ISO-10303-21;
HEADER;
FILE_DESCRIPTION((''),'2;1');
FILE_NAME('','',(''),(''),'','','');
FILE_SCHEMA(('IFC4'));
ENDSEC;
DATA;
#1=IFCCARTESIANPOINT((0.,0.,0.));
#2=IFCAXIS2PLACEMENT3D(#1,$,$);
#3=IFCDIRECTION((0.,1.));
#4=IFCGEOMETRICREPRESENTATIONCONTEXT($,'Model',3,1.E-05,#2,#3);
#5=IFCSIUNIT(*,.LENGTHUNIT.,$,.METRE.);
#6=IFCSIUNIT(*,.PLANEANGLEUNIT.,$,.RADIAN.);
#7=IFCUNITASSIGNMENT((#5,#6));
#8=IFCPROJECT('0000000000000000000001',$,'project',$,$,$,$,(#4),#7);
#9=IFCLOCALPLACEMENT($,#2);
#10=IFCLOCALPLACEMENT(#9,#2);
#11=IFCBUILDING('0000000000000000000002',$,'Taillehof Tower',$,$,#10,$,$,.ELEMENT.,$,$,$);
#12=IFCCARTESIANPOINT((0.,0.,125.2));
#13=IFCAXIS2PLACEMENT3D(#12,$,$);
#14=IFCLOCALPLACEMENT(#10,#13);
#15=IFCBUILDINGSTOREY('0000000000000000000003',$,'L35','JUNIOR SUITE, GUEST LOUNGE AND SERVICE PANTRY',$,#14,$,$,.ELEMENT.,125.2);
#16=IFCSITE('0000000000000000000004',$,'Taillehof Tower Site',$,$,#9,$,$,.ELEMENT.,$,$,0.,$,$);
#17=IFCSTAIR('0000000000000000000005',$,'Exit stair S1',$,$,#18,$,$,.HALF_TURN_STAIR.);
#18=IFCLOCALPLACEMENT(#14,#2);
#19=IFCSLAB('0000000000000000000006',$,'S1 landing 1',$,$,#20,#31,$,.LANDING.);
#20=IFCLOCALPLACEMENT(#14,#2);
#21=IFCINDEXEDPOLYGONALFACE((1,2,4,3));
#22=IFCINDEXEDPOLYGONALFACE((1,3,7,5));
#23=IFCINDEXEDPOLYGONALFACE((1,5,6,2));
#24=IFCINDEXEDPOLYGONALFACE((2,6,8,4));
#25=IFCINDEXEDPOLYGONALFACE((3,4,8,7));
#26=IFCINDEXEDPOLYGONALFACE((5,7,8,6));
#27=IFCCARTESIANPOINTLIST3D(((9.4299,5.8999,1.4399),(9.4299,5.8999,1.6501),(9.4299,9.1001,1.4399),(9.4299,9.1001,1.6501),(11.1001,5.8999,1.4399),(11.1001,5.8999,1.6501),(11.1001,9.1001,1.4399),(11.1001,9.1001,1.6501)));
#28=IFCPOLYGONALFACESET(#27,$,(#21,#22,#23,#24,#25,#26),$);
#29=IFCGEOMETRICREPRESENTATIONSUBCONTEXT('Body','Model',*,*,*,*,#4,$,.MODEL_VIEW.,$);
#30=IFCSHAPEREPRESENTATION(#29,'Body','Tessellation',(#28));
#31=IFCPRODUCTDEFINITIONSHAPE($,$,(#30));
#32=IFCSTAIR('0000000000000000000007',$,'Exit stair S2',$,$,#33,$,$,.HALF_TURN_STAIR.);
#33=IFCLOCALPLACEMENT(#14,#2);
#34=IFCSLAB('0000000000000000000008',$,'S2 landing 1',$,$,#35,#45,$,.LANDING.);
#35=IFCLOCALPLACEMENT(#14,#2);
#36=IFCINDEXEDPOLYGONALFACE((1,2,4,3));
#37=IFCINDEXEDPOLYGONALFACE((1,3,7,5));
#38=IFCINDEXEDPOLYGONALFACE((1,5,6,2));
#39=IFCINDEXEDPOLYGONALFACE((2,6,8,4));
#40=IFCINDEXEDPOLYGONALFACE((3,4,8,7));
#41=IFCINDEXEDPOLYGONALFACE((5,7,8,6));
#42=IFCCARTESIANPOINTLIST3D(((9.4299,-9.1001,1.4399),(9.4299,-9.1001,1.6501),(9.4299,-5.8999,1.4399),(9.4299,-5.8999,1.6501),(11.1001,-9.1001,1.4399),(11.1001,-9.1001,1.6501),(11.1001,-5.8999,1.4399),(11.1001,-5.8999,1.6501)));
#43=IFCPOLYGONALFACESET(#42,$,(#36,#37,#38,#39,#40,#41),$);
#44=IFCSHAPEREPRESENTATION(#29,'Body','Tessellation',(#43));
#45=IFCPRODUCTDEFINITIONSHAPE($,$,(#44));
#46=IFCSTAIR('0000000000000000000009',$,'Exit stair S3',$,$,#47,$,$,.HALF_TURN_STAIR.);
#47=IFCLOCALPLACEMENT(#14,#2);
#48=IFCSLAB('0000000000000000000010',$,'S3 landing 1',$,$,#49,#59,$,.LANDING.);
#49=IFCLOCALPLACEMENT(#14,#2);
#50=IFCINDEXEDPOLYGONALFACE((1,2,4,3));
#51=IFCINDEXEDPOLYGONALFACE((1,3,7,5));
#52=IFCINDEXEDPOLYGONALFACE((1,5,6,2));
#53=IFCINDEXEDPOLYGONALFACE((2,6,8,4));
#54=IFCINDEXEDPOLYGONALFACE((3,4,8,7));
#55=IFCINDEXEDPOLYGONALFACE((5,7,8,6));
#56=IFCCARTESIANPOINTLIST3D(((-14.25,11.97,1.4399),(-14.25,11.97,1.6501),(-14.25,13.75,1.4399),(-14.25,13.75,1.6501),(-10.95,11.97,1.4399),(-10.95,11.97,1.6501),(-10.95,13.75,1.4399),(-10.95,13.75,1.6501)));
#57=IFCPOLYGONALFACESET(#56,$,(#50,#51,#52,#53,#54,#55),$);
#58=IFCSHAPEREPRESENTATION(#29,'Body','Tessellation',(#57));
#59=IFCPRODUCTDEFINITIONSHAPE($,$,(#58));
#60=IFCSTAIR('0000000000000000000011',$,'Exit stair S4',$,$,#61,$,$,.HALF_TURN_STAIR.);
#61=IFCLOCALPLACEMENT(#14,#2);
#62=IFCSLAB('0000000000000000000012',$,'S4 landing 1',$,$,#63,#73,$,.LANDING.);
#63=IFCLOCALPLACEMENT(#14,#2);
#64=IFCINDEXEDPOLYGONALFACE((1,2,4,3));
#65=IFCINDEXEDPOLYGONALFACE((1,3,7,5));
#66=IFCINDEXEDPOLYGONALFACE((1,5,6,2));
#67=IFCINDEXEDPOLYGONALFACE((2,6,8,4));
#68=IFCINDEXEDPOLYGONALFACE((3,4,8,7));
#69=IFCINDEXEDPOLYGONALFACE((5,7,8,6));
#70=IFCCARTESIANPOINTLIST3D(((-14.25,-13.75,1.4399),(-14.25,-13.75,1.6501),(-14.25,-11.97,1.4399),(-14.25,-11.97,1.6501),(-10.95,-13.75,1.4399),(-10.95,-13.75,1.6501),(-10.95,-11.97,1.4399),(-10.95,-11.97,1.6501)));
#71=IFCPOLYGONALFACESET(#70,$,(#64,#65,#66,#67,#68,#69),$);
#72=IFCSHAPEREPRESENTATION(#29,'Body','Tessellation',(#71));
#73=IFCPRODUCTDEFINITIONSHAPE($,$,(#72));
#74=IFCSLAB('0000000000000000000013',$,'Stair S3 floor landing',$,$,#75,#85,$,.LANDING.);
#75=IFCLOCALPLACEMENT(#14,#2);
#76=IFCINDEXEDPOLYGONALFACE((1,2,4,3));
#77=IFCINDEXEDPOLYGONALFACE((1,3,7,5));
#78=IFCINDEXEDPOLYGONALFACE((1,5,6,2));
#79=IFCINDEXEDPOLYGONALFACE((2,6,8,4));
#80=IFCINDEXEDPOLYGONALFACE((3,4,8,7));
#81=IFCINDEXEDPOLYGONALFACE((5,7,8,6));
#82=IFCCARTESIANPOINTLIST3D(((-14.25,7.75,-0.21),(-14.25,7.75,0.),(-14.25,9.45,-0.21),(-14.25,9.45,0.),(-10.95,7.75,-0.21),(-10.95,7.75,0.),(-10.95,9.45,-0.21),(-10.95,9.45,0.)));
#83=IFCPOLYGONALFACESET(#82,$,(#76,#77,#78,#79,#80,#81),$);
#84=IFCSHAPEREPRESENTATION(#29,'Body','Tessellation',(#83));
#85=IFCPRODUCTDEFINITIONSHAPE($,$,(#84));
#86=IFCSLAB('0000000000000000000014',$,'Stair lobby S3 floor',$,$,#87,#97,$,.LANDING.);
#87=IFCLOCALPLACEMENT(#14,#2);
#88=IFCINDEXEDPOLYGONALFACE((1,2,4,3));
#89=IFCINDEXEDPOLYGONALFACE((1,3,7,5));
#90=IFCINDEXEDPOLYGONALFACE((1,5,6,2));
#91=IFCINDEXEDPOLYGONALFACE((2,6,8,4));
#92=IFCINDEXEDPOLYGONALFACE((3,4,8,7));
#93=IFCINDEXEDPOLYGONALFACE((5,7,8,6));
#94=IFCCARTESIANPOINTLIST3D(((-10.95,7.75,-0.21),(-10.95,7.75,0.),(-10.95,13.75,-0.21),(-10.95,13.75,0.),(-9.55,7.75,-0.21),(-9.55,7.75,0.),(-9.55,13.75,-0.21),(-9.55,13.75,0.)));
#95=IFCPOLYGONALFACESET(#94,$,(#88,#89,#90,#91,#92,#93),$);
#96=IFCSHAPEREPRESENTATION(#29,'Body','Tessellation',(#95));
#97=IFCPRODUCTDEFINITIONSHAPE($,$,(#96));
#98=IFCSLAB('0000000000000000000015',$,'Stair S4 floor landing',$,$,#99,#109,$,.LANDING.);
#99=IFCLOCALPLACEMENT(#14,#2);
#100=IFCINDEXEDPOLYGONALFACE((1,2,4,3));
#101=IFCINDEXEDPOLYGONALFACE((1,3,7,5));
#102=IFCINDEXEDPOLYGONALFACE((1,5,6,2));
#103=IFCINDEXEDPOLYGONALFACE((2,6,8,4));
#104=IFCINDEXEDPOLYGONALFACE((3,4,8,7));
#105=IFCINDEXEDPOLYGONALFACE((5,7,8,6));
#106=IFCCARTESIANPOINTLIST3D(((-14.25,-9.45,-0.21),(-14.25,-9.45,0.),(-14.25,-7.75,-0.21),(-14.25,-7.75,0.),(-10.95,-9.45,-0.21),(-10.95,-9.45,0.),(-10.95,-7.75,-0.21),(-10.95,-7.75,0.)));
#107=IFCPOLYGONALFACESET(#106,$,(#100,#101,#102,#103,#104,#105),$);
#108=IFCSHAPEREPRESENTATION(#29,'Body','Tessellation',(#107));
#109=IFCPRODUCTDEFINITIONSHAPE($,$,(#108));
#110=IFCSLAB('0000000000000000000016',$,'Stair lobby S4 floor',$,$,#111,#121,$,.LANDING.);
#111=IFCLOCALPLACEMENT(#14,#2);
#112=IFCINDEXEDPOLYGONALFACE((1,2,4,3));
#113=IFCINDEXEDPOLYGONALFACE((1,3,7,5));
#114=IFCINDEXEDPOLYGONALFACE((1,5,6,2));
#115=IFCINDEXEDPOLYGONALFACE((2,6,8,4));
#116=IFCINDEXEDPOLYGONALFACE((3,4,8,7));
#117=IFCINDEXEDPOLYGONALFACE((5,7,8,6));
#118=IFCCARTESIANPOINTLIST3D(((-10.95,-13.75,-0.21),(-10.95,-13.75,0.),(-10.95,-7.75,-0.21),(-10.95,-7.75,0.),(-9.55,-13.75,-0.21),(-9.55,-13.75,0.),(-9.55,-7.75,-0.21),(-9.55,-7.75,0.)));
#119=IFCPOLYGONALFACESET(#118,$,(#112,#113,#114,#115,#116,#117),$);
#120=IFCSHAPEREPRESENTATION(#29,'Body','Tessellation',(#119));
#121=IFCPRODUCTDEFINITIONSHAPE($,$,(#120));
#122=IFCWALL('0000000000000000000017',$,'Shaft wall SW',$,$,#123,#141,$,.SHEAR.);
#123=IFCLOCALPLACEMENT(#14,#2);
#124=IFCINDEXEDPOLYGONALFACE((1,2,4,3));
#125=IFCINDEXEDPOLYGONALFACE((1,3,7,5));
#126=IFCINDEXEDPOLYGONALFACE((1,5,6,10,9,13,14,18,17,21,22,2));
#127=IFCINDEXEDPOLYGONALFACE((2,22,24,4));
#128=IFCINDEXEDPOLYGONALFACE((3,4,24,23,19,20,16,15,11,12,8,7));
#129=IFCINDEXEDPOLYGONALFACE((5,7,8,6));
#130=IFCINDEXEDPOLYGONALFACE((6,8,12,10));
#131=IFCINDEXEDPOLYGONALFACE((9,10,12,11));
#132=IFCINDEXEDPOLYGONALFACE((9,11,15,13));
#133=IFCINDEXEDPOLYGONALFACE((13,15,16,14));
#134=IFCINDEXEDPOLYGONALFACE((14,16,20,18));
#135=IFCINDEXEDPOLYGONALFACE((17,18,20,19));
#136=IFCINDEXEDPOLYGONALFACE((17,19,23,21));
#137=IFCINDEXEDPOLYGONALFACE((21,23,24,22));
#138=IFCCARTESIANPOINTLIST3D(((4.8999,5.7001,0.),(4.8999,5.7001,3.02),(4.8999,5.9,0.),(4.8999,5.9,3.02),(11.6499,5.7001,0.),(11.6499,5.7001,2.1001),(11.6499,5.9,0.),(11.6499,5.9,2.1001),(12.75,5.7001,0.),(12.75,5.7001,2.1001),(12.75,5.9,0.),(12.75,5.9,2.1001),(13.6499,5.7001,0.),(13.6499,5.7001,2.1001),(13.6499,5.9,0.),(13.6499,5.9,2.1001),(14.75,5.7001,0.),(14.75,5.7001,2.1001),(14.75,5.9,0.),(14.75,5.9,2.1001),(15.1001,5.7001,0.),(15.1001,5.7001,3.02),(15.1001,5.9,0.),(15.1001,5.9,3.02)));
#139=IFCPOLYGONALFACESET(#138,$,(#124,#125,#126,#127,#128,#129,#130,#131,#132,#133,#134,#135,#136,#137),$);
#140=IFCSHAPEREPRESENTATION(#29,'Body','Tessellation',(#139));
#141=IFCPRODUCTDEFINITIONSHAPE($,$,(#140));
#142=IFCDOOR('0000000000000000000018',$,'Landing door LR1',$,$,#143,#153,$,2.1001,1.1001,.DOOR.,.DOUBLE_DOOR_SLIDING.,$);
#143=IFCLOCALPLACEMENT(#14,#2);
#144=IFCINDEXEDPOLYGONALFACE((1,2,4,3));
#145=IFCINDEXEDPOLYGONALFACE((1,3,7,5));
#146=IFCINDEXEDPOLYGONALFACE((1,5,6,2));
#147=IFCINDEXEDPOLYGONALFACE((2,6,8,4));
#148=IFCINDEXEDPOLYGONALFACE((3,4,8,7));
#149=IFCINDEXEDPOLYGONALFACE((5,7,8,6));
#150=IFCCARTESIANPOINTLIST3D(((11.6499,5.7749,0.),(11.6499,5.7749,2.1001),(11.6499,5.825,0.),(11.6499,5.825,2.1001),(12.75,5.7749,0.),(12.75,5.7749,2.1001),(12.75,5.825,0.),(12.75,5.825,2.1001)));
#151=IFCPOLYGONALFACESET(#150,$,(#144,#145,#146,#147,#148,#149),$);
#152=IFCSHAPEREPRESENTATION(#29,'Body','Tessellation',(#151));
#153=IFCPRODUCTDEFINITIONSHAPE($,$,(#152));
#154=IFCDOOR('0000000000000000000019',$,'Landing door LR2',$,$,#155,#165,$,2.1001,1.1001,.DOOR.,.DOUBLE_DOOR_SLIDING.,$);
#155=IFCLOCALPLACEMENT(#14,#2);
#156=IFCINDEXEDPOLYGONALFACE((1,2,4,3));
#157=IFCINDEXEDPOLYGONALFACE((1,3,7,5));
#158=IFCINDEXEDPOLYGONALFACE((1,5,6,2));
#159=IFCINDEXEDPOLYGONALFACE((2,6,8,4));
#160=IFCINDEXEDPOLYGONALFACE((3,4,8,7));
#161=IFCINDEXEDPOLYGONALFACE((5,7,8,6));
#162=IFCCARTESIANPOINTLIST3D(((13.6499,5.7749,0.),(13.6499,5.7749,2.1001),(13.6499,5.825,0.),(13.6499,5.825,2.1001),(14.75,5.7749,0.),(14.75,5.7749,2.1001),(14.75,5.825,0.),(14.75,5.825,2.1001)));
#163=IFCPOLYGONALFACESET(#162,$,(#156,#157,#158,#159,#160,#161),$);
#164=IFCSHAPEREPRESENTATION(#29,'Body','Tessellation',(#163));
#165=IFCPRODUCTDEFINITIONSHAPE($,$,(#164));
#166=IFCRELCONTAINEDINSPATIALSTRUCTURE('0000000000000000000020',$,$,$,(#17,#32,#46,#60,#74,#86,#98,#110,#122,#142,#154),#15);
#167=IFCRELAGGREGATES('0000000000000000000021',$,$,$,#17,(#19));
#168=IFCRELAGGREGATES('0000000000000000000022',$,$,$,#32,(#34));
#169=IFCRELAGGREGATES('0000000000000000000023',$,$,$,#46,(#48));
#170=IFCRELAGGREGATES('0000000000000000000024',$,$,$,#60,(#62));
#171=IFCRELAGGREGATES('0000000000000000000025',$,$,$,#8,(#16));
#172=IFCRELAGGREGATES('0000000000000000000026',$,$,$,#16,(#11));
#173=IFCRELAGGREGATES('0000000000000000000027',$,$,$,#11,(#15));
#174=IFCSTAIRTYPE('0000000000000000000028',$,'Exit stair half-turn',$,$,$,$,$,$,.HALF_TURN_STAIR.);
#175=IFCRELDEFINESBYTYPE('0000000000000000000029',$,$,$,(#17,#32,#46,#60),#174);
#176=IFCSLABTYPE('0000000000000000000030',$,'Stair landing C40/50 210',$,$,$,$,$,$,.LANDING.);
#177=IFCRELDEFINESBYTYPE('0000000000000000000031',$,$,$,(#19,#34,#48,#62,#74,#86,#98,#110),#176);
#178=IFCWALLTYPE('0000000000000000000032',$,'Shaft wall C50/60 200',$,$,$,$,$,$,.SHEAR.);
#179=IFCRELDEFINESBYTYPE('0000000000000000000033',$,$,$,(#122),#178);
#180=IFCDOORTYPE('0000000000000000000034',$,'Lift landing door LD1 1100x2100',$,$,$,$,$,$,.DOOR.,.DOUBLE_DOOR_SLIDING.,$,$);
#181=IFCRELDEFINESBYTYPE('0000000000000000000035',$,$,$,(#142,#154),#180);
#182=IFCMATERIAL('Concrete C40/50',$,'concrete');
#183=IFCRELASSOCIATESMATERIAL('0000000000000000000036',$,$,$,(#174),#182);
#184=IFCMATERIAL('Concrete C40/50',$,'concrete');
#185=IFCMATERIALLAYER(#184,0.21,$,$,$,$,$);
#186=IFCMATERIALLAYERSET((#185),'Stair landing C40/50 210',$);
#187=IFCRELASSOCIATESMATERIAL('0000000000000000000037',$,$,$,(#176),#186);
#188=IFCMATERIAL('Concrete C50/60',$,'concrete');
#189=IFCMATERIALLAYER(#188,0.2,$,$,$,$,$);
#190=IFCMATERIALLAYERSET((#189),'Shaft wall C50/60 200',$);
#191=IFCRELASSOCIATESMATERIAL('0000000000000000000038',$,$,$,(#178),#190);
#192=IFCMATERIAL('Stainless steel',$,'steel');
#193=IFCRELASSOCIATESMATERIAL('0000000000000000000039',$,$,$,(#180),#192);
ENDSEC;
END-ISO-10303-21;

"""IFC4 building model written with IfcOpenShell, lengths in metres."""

from ifc_helpers import new_model, si_unit, direction, frame, frame_2d, origin, place, context, subcontext, project, spatial, polyline, rectangle, outline, extrude, material, layer, layer_set, type_object, element, fill, aggregate, save


model = new_model("IFC4")

# Units and contexts
model_context = context("Model", 3, precision=1e-05, world=origin(), true_north=direction((0.0, 1.0)))
body_context = subcontext(model_context, "Body", "Model", "MODEL_VIEW")
ifc_project = project(units=[si_unit("LENGTHUNIT", "METRE"), si_unit("PLANEANGLEUNIT", "RADIAN")], contexts=[model_context])

# Site, building, storey
site_placement = place(None, origin())
site = spatial("IfcSite", under=ifc_project, at=site_placement, Name="Taillehof Tower Site", CompositionType="ELEMENT", RefElevation=0.0)
building_placement = place(site_placement, origin())
building = spatial("IfcBuilding", under=site, at=building_placement, Name="Taillehof Tower", CompositionType="ELEMENT")
storey_placement = place(building_placement, frame((0.0, 0.0, 125.2)))
storey = spatial("IfcBuildingStorey", under=building, at=storey_placement, Name="L35", Description="JUNIOR SUITE, GUEST LOUNGE AND SERVICE PANTRY", CompositionType="ELEMENT", Elevation=125.2)

# Stairs, slabs
ifc_material_1 = material(Name="Concrete C40/50", Category="concrete")
stair_type = type_object("IfcStairType", Name="Exit stair half-turn", PredefinedType="HALF_TURN_STAIR", material=ifc_material_1)
stair_1_placement = place(storey_placement, origin())
stair_1 = element("IfcStair", 1, at=stair_1_placement, inside=storey, type_object=stair_type, Name="Exit stair S1", PredefinedType="HALF_TURN_STAIR")
ifc_material_2 = material(Name="Concrete C40/50", Category="concrete")
ifc_layer_1 = layer(ifc_material_2, 0.21)
ifc_layer_set_1 = layer_set([ifc_layer_1], Name="Stair landing C40/50 210")
slab_type_1 = type_object("IfcSlabType", Name="Stair landing C40/50 210", PredefinedType="LANDING", material=ifc_layer_set_1)
slab_1_placement = place(storey_placement, frame((0.0, 0.0, 1.4399)))
slab_1 = element("IfcSlab", 2, at=slab_1_placement, type_object=slab_type_1, Name="S1 landing 1", PredefinedType="LANDING", context=body_context, shape_type="SweptSolid", body=[
    extrude(outline(polyline([(9.4299, 5.8999), (11.1001, 5.8999), (11.1001, 9.1001), (9.4299, 9.1001), (9.4299, 5.8999)])), origin(), (0.0, 0.0, 1.0), 0.2102),
])
aggregate(stair_1, [slab_1])
stair_2_placement = place(storey_placement, origin())
stair_2 = element("IfcStair", 3, at=stair_2_placement, inside=storey, type_object=stair_type, Name="Exit stair S2", PredefinedType="HALF_TURN_STAIR")
slab_2_placement = place(storey_placement, frame((0.0, 0.0, 1.4399)))
slab_2 = element("IfcSlab", 4, at=slab_2_placement, type_object=slab_type_1, Name="S2 landing 1", PredefinedType="LANDING", context=body_context, shape_type="SweptSolid", body=[
    extrude(outline(polyline([(9.4299, -5.8999), (11.1001, -5.8999), (11.1001, -9.1001), (9.4299, -9.1001), (9.4299, -5.8999)])), origin(), (0.0, 0.0, 1.0), 0.2102),
])
aggregate(stair_2, [slab_2])
stair_3_placement = place(storey_placement, origin())
stair_3 = element("IfcStair", 5, at=stair_3_placement, inside=storey, type_object=stair_type, Name="Exit stair S3", PredefinedType="HALF_TURN_STAIR")
slab_3_placement = place(storey_placement, frame((0.0, 0.0, 1.4399)))
slab_3 = element("IfcSlab", 6, at=slab_3_placement, type_object=slab_type_1, Name="S3 landing 1", PredefinedType="LANDING", context=body_context, shape_type="SweptSolid", body=[
    extrude(outline(polyline([(-14.25, 11.97), (-14.25, 13.75), (-10.95, 13.75), (-10.95, 11.97), (-14.25, 11.97)])), origin(), (0.0, 0.0, 1.0), 0.2102),
])
aggregate(stair_3, [slab_3])
stair_4_placement = place(storey_placement, origin())
stair_4 = element("IfcStair", 7, at=stair_4_placement, inside=storey, type_object=stair_type, Name="Exit stair S4", PredefinedType="HALF_TURN_STAIR")
slab_4_placement = place(storey_placement, frame((0.0, 0.0, 1.4399)))
slab_4 = element("IfcSlab", 8, at=slab_4_placement, type_object=slab_type_1, Name="S4 landing 1", PredefinedType="LANDING", context=body_context, shape_type="SweptSolid", body=[
    extrude(outline(polyline([(-14.25, -11.97), (-14.25, -13.75), (-10.95, -13.75), (-10.95, -11.97), (-14.25, -11.97)])), origin(), (0.0, 0.0, 1.0), 0.2102),
])
aggregate(stair_4, [slab_4])

# Slabs
slab_5_placement = place(storey_placement, frame((0.0, 0.0, -0.21)))
element("IfcSlab", 9, at=slab_5_placement, inside=storey, type_object=slab_type_1, Name="Stair S3 floor landing", PredefinedType="LANDING", context=body_context, shape_type="SweptSolid", body=[
    extrude(outline(polyline([(-14.25, 7.75), (-14.25, 9.45), (-10.95, 9.45), (-10.95, 7.75), (-14.25, 7.75)])), origin(), (0.0, 0.0, 1.0), 0.21),
])
slab_6_placement = place(storey_placement, frame((0.0, 0.0, -0.21)))
element("IfcSlab", 10, at=slab_6_placement, inside=storey, type_object=slab_type_1, Name="Stair lobby S3 floor", PredefinedType="LANDING", context=body_context, shape_type="SweptSolid", body=[
    extrude(outline(polyline([(-10.95, 7.75), (-9.55, 7.75), (-9.55, 13.75), (-10.95, 13.75), (-10.95, 7.75)])), origin(), (0.0, 0.0, 1.0), 0.21),
])
slab_7_placement = place(storey_placement, frame((0.0, 0.0, -0.21)))
element("IfcSlab", 11, at=slab_7_placement, inside=storey, type_object=slab_type_1, Name="Stair S4 floor landing", PredefinedType="LANDING", context=body_context, shape_type="SweptSolid", body=[
    extrude(outline(polyline([(-14.25, -7.75), (-14.25, -9.45), (-10.95, -9.45), (-10.95, -7.75), (-14.25, -7.75)])), origin(), (0.0, 0.0, 1.0), 0.21),
])
slab_8_placement = place(storey_placement, frame((0.0, 0.0, -0.21)))
element("IfcSlab", 12, at=slab_8_placement, inside=storey, type_object=slab_type_1, Name="Stair lobby S4 floor", PredefinedType="LANDING", context=body_context, shape_type="SweptSolid", body=[
    extrude(outline(polyline([(-10.95, -13.75), (-9.55, -13.75), (-9.55, -7.75), (-10.95, -7.75), (-10.95, -13.75)])), origin(), (0.0, 0.0, 1.0), 0.21),
])

# Wall, openings, doors
ifc_material_3 = material(Name="Concrete C50/60", Category="concrete")
ifc_layer_2 = layer(ifc_material_3, 0.2)
ifc_layer_set_2 = layer_set([ifc_layer_2], Name="Shaft wall C50/60 200")
wall_type_1 = type_object("IfcWallType", Name="Shaft wall C50/60 200", PredefinedType="SHEAR", material=ifc_layer_set_2)
wall_1_placement = place(storey_placement, frame((4.8999, 5.8, 0.0), z_axis=(0.0, 0.0, 1.0), x_axis=(1.0, 0.0, 0.0)))
wall_1 = element("IfcWall", 13, at=wall_1_placement, inside=storey, type_object=wall_type_1, Name="Shaft wall SW", PredefinedType="SHEAR", context=body_context, shape_type="SweptSolid", body=[
    extrude(rectangle(XDim=10.2002, YDim=0.2, at=frame_2d((5.1001, 0.0))), origin(), (0.0, 0.0, 1.0), 3.02),
])
opening_1_placement = place(wall_1_placement, frame((6.75, 0.0, 0.0)))
opening_1 = element("IfcOpeningElement", 14, at=opening_1_placement, cuts=wall_1, PredefinedType="OPENING", context=body_context, shape_type="SweptSolid", body=[
    extrude(rectangle(XDim=1.1001, YDim=2.1001, at=frame_2d((0.55, 1.05))), frame((0.0, 0.1099, 0.0), z_axis=(0.0, -1.0, 0.0), x_axis=(1.0, 0.0, 0.0)), (0.0, 0.0, 1.0), 0.22),
])
opening_2_placement = place(wall_1_placement, frame((8.75, 0.0, 0.0)))
opening_2 = element("IfcOpeningElement", 15, at=opening_2_placement, cuts=wall_1, PredefinedType="OPENING", context=body_context, shape_type="SweptSolid", body=[
    extrude(rectangle(XDim=1.1001, YDim=2.1001, at=frame_2d((0.55, 1.05))), frame((0.0, 0.1099, 0.0), z_axis=(0.0, -1.0, 0.0), x_axis=(1.0, 0.0, 0.0)), (0.0, 0.0, 1.0), 0.22),
])
ifc_material_4 = material(Name="Stainless steel", Category="steel")
door_type_1 = type_object("IfcDoorType", Name="Lift landing door LD1 1100x2100", OperationType="DOUBLE_DOOR_SLIDING", PredefinedType="DOOR", material=ifc_material_4)
door_1_placement = place(opening_1_placement, origin())
door_1 = element("IfcDoor", 16, at=door_1_placement, inside=storey, type_object=door_type_1, Name="Landing door LR1", OperationType="DOUBLE_DOOR_SLIDING", OverallHeight=2.1001, OverallWidth=1.1001, PredefinedType="DOOR", context=body_context, shape_type="SweptSolid", body=[
    extrude(rectangle(XDim=1.1001, YDim=2.1001, at=frame_2d((0.55, 1.05))), frame((0.0, 0.0249, 0.0), z_axis=(0.0, -1.0, 0.0), x_axis=(1.0, 0.0, 0.0)), (0.0, 0.0, 1.0), 0.05),
])
fill(opening_1, door_1)
door_2_placement = place(opening_2_placement, origin())
door_2 = element("IfcDoor", 17, at=door_2_placement, inside=storey, type_object=door_type_1, Name="Landing door LR2", OperationType="DOUBLE_DOOR_SLIDING", OverallHeight=2.1001, OverallWidth=1.1001, PredefinedType="DOOR", context=body_context, shape_type="SweptSolid", body=[
    extrude(rectangle(XDim=1.1001, YDim=2.1001, at=frame_2d((0.55, 1.05))), frame((0.0, 0.0249, 0.0), z_axis=(0.0, -1.0, 0.0), x_axis=(1.0, 0.0, 0.0)), (0.0, 0.0, 1.0), 0.05),
])
fill(opening_2, door_2)

save(model, "model.ifc")
